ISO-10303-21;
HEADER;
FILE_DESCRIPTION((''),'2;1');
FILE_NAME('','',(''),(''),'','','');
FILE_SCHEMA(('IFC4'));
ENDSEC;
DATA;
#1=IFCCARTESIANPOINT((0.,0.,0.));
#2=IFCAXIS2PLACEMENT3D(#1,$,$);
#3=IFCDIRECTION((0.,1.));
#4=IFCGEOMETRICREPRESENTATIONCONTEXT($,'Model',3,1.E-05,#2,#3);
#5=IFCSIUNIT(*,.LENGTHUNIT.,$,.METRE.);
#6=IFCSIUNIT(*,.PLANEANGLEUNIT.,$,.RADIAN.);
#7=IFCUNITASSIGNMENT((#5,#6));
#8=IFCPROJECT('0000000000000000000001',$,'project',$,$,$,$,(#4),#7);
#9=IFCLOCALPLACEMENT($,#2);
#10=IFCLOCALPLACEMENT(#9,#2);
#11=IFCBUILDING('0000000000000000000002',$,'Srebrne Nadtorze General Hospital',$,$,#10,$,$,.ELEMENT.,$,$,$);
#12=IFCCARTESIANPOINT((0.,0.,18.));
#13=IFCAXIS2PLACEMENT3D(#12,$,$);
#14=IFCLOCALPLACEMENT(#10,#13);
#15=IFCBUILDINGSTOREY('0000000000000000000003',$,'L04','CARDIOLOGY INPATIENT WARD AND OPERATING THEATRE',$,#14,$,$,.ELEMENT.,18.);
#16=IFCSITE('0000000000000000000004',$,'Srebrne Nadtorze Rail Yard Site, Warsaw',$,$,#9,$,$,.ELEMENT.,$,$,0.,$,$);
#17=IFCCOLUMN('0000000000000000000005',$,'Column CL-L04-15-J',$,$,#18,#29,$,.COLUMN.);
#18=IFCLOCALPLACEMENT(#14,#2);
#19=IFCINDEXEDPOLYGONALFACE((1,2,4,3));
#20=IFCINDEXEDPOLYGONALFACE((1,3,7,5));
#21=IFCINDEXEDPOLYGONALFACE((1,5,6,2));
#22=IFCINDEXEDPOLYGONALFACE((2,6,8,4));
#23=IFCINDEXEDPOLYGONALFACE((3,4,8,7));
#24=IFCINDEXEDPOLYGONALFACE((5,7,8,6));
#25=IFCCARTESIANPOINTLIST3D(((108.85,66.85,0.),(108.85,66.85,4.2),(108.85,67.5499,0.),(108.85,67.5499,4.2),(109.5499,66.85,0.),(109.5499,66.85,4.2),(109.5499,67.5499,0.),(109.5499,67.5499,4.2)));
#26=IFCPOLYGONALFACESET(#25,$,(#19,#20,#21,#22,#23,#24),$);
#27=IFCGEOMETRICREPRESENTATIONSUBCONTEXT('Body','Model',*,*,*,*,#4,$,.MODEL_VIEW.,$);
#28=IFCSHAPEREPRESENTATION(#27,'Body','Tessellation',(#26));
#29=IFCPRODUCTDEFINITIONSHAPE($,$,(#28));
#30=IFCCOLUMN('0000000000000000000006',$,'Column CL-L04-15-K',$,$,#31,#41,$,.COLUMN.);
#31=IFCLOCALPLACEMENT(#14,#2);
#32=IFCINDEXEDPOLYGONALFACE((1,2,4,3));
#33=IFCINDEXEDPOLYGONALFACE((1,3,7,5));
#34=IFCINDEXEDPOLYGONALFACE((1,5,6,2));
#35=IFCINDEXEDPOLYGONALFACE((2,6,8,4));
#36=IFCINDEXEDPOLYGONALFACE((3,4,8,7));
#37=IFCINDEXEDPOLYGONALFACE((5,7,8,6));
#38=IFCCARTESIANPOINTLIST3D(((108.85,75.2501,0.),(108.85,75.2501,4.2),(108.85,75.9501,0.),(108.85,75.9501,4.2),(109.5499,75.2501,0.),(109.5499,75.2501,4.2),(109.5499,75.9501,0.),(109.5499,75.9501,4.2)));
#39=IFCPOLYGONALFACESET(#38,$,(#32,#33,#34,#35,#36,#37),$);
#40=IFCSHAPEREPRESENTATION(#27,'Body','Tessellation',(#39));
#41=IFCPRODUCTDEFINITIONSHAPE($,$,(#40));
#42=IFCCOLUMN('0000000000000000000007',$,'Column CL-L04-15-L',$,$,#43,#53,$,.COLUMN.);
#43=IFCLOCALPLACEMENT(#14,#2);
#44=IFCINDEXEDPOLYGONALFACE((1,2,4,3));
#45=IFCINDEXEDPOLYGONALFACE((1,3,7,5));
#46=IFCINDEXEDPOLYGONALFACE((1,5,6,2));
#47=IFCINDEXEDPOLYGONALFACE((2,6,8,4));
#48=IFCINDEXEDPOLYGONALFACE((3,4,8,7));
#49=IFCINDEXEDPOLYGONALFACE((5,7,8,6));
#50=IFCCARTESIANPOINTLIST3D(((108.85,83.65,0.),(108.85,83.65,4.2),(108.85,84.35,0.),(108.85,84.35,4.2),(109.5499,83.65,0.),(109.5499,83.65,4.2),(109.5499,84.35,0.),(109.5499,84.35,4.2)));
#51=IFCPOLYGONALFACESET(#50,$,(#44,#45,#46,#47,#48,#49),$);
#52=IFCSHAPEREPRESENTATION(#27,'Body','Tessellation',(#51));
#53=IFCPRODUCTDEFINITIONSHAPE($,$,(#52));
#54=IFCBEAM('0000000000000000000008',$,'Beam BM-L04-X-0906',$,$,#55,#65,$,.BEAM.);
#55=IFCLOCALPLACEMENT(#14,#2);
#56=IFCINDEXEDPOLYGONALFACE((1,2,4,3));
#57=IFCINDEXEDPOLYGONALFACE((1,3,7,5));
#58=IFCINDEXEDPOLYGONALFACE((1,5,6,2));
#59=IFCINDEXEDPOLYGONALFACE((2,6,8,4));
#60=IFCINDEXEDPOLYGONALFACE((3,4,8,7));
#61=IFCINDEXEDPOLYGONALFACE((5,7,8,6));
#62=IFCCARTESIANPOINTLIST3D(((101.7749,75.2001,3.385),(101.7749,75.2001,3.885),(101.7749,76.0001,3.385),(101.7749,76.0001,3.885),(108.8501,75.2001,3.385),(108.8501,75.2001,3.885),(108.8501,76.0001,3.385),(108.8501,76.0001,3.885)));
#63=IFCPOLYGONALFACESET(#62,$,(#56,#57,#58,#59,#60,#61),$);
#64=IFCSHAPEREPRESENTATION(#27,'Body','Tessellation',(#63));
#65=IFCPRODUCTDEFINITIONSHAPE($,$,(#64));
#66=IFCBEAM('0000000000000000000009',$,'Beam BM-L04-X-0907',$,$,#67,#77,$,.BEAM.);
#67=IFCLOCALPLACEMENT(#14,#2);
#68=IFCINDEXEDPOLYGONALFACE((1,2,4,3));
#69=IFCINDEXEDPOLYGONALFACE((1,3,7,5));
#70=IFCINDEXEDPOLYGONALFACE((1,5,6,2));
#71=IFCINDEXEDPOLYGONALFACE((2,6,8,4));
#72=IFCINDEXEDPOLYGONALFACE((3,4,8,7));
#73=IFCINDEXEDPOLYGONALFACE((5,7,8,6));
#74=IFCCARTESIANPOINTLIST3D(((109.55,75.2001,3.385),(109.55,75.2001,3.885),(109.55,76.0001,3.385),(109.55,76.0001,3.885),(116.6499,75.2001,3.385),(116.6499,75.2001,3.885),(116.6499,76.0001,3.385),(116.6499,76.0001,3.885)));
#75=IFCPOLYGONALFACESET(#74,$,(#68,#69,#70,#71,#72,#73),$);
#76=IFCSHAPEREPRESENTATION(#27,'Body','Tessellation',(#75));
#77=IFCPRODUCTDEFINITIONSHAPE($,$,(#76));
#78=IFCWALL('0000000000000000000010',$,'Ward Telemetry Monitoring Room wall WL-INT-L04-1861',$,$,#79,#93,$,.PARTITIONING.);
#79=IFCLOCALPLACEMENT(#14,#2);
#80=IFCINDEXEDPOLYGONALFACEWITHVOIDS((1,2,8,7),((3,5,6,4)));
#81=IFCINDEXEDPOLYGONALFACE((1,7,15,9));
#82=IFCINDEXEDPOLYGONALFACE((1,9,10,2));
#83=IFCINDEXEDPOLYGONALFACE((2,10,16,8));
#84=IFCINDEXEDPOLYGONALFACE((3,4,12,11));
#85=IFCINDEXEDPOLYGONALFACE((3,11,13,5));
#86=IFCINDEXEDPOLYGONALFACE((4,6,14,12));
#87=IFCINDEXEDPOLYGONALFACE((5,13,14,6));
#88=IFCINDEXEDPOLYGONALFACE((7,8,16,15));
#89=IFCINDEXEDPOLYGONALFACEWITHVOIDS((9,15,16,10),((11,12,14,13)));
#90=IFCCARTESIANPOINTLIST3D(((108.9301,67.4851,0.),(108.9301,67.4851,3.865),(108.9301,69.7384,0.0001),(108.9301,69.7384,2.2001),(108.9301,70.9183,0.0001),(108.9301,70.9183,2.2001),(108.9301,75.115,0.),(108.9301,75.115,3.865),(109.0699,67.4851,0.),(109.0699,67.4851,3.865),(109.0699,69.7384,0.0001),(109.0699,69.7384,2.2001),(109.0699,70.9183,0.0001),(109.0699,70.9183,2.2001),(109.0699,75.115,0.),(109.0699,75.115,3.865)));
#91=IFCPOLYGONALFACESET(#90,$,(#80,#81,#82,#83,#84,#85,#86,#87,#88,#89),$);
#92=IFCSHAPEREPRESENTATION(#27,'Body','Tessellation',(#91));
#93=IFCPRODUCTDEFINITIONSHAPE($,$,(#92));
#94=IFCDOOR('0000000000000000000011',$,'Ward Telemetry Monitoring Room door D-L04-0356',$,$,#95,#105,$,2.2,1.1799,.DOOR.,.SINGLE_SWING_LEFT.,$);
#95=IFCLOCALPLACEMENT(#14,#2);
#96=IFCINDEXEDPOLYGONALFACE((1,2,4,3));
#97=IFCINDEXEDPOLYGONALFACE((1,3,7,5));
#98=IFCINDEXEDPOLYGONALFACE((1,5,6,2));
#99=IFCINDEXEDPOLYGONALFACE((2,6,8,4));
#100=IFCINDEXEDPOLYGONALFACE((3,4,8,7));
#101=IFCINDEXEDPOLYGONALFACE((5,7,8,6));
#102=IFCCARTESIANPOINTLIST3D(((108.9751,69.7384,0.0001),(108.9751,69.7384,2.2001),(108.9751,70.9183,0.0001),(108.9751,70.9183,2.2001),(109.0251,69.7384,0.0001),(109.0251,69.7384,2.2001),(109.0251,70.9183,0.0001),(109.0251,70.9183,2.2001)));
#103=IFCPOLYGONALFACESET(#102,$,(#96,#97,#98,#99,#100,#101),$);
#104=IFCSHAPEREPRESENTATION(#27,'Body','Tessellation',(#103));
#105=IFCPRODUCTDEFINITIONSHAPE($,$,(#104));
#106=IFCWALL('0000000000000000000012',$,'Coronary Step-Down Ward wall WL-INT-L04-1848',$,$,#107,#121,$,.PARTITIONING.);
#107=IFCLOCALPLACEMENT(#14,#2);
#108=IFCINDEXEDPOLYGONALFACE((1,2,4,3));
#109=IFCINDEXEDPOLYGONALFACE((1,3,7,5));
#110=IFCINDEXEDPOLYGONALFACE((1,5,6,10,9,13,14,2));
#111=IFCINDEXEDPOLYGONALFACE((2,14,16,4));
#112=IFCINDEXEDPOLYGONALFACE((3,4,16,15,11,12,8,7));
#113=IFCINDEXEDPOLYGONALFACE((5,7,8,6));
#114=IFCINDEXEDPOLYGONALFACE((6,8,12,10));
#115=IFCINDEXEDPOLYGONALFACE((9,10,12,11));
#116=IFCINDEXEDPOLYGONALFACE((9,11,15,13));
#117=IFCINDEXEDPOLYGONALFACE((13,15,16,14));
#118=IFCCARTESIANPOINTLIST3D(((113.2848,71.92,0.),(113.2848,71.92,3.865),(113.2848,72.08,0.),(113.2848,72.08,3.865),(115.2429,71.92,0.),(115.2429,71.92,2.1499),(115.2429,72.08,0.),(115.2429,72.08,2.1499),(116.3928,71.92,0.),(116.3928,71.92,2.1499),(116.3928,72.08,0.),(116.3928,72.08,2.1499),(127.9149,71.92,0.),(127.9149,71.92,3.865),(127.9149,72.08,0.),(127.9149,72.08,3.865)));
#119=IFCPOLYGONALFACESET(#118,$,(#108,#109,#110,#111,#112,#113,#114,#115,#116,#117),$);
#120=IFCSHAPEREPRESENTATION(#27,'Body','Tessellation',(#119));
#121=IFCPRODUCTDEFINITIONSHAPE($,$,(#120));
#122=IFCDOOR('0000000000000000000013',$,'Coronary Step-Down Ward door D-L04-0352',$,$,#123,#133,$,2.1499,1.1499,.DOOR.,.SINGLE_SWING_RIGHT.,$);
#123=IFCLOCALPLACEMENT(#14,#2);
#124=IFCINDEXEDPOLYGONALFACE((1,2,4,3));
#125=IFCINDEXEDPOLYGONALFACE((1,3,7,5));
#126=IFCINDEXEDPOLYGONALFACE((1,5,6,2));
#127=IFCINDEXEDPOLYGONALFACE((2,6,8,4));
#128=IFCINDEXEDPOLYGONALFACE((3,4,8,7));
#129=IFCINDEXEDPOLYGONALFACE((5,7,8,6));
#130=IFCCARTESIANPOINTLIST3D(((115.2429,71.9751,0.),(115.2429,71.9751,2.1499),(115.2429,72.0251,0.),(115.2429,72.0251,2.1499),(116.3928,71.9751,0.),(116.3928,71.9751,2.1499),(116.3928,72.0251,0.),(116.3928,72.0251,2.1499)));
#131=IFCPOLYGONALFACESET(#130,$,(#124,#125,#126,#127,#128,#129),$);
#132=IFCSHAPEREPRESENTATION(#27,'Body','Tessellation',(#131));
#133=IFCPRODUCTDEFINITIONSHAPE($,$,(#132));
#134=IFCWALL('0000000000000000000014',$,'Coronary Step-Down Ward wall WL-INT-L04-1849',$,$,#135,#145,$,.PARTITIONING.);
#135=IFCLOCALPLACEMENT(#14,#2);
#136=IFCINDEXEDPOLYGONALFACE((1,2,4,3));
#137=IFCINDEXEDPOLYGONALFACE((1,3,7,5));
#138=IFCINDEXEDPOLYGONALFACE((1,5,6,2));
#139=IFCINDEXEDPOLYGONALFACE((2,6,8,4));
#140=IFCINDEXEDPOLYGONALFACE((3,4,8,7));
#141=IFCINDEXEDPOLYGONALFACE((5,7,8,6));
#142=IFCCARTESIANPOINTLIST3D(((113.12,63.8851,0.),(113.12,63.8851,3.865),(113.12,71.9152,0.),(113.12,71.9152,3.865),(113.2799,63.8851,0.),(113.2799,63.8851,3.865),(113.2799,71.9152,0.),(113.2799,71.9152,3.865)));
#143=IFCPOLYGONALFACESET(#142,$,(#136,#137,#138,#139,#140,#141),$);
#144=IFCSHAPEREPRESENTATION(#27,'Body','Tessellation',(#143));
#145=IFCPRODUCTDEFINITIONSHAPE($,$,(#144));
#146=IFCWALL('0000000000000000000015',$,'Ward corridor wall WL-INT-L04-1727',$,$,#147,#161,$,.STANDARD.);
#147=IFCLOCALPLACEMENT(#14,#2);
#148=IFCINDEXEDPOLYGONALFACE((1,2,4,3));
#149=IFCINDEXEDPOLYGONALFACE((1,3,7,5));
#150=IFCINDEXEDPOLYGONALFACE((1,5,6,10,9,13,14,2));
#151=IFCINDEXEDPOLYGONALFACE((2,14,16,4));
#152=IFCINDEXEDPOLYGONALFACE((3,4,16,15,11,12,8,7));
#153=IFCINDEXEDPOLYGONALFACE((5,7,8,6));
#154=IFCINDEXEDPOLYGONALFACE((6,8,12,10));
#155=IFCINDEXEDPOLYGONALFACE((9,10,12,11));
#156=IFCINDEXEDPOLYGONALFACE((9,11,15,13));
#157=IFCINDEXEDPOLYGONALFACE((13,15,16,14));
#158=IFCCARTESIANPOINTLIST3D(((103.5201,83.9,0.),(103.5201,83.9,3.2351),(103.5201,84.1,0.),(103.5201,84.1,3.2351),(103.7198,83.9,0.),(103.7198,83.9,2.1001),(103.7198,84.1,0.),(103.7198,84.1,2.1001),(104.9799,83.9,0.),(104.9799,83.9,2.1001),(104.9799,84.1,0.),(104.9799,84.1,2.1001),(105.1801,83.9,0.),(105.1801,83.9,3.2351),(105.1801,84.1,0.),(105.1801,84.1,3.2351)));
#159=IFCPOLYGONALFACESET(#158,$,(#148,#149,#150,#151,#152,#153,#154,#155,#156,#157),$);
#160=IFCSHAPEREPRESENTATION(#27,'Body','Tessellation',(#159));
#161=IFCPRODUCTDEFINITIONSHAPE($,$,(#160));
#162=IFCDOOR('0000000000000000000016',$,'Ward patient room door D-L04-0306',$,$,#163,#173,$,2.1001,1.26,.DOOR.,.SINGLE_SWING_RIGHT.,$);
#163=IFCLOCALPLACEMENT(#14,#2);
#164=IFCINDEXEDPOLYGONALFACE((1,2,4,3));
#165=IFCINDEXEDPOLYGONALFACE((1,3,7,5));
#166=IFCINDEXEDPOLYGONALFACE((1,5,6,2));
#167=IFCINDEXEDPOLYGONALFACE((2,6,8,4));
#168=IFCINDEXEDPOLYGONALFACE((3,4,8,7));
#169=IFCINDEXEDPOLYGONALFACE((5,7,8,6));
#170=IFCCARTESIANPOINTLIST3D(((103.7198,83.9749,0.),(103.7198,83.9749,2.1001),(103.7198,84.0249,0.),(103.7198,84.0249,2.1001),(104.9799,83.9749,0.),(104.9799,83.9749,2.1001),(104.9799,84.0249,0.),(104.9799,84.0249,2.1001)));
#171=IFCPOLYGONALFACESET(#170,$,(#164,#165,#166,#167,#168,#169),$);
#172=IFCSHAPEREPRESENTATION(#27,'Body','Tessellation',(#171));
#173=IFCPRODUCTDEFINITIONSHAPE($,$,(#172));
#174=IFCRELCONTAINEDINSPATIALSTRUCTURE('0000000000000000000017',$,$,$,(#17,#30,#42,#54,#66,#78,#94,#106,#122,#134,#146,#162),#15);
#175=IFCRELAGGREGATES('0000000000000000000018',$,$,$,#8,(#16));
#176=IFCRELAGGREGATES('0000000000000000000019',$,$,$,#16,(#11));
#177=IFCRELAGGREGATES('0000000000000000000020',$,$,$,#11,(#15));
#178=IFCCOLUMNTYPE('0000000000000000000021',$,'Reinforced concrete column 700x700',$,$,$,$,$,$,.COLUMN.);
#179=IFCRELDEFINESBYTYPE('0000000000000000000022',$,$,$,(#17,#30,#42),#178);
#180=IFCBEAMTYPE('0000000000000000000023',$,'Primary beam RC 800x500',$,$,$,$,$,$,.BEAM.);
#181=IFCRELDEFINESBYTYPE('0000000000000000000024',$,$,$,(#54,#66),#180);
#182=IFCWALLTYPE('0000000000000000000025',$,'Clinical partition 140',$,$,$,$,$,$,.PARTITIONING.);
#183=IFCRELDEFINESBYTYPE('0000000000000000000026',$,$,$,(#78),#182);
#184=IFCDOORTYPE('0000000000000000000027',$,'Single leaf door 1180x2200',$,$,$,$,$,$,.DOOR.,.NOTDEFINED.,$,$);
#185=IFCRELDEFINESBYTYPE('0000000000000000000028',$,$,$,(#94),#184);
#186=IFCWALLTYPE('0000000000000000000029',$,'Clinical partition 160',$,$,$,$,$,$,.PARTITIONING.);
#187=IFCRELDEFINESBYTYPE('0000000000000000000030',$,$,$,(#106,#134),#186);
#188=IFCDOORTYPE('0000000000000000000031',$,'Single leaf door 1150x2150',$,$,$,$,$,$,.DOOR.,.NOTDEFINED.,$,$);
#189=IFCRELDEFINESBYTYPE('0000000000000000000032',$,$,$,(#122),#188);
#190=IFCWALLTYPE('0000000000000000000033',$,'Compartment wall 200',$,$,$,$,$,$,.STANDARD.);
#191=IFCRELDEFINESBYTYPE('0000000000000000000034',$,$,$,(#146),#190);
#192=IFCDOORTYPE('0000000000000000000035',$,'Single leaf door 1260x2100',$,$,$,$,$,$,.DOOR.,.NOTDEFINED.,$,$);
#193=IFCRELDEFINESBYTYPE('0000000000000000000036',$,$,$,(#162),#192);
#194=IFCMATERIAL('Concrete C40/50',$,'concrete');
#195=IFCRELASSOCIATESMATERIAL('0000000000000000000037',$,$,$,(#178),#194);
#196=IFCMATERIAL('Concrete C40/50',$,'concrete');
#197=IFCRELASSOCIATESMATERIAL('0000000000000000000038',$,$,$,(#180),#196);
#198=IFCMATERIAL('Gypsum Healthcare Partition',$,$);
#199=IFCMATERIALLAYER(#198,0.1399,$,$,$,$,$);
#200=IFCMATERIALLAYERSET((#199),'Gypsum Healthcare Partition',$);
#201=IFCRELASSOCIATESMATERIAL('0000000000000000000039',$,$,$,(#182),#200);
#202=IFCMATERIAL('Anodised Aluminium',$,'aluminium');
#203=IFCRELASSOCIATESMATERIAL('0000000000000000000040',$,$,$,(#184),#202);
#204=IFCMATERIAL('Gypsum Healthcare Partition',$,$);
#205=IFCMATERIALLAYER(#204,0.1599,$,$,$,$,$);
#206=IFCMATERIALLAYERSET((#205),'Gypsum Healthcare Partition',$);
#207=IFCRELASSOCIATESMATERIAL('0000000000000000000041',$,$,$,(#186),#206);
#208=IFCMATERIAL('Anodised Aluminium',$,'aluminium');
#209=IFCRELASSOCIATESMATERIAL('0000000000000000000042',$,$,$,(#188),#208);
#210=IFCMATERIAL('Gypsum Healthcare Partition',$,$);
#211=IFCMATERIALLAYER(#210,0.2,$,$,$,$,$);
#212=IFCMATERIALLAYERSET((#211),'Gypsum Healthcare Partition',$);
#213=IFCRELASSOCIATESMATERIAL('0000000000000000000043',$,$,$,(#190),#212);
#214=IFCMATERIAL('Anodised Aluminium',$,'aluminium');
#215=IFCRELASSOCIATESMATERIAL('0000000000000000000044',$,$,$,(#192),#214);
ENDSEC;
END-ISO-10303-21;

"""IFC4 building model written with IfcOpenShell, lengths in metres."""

from ifc_helpers import new_model, si_unit, direction, frame, frame_2d, origin, origin_2d, place, context, subcontext, project, spatial, rectangle, extrude, material, layer, layer_set, material_profile, profile_set, type_object, element, fill, save


model = new_model("IFC4")

# Units and contexts
model_context = context("Model", 3, precision=1e-05, world=origin(), true_north=direction((0.0, 1.0)))
body_context = subcontext(model_context, "Body", "Model", "MODEL_VIEW")
ifc_project = project(units=[si_unit("LENGTHUNIT", "METRE"), si_unit("PLANEANGLEUNIT", "RADIAN")], contexts=[model_context])

# Site, building, storey
site_placement = place(None, origin())
site = spatial("IfcSite", under=ifc_project, at=site_placement, Name="Srebrne Nadtorze Rail Yard Site, Warsaw", CompositionType="ELEMENT", RefElevation=0.0)
building_placement = place(site_placement, origin())
building = spatial("IfcBuilding", under=site, at=building_placement, Name="Srebrne Nadtorze General Hospital", CompositionType="ELEMENT")
storey_placement = place(building_placement, frame((0.0, 0.0, 18.0)))
storey = spatial("IfcBuildingStorey", under=building, at=storey_placement, Name="L04", Description="CARDIOLOGY INPATIENT WARD AND OPERATING THEATRE", CompositionType="ELEMENT", Elevation=18.0)

# Columns
ifc_material_1 = material(Name="Concrete C40/50", Category="concrete")
ifc_material_profile_1 = material_profile(ifc_material_1, rectangle(XDim=0.7, YDim=0.7, at=origin_2d()), Name="RC-COL-700x700")
ifc_profile_set_1 = profile_set([ifc_material_profile_1], Name="Concrete C40/50")
column_type = type_object("IfcColumnType", Name="Reinforced concrete column 700x700", PredefinedType="COLUMN", material=ifc_profile_set_1)
for number, where, z_axis, x_axis, name in (
    (1, (109.2, 67.2, 0.0), (0.0, 0.0, 1.0), (1.0, 0.0, 0.0), "Column CL-L04-15-J"),
    (2, (109.2, 75.6001, 0.0), (0.0, 0.0, 1.0), (1.0, 0.0, 0.0), "Column CL-L04-15-K"),
    (3, (109.2, 84.0, 0.0), (0.0, 0.0, 1.0), (1.0, 0.0, 0.0), "Column CL-L04-15-L"),
):
    element("IfcColumn", number, at=place(storey_placement, frame(where, z_axis=z_axis, x_axis=x_axis)), inside=storey, type_object=column_type, Name=name, PredefinedType="COLUMN", context=body_context, shape_type="SweptSolid", body=[
        extrude(rectangle(XDim=0.7, YDim=0.7, at=origin_2d()), origin(), (0.0, 0.0, 1.0), 4.2),
    ])

# Beams
ifc_material_2 = material(Name="Concrete C40/50", Category="concrete")
ifc_material_profile_2 = material_profile(ifc_material_2, rectangle(XDim=0.8, YDim=0.5, at=origin_2d()), Name="RC-BM-800x500")
ifc_profile_set_2 = profile_set([ifc_material_profile_2], Name="Concrete C40/50")
beam_type = type_object("IfcBeamType", Name="Primary beam RC 800x500", PredefinedType="BEAM", material=ifc_profile_set_2)
beam_1_placement = place(storey_placement, frame((101.7749, 75.6001, 3.635), z_axis=(1.0, 0.0, 0.0), x_axis=(0.0, 1.0, 0.0)))
element("IfcBeam", 4, at=beam_1_placement, inside=storey, type_object=beam_type, Name="Beam BM-L04-X-0906", PredefinedType="BEAM", context=body_context, shape_type="SweptSolid", body=[
    extrude(rectangle(XDim=0.8, YDim=0.5, at=origin_2d()), origin(), (0.0, 0.0, 1.0), 7.0752),
])
beam_2_placement = place(storey_placement, frame((109.55, 75.6001, 3.635), z_axis=(1.0, 0.0, 0.0), x_axis=(0.0, 1.0, 0.0)))
element("IfcBeam", 5, at=beam_2_placement, inside=storey, type_object=beam_type, Name="Beam BM-L04-X-0907", PredefinedType="BEAM", context=body_context, shape_type="SweptSolid", body=[
    extrude(rectangle(XDim=0.8, YDim=0.5, at=origin_2d()), origin(), (0.0, 0.0, 1.0), 7.0999),
])

# Walls, openings, doors
ifc_material_3 = material(Name="Gypsum Healthcare Partition")
ifc_layer_1 = layer(ifc_material_3, 0.1399)
ifc_layer_set_1 = layer_set([ifc_layer_1], Name="Gypsum Healthcare Partition")
wall_type_1 = type_object("IfcWallType", Name="Clinical partition 140", PredefinedType="PARTITIONING", material=ifc_layer_set_1)
wall_1_placement = place(storey_placement, frame((109.0, 67.4851, 0.0), z_axis=(0.0, 0.0, 1.0), x_axis=(0.0, 1.0, 0.0)))
wall_1 = element("IfcWall", 6, at=wall_1_placement, inside=storey, type_object=wall_type_1, Name="Ward Telemetry Monitoring Room wall WL-INT-L04-1861", PredefinedType="PARTITIONING", context=body_context, shape_type="SweptSolid", body=[
    extrude(rectangle(XDim=7.6299, YDim=0.1399, at=frame_2d((3.8149, 0.0))), origin(), (0.0, 0.0, 1.0), 3.865),
])
opening_1_placement = place(wall_1_placement, frame((2.2534, 0.0, 0.0)))
opening_1 = element("IfcOpeningElement", 7, at=opening_1_placement, cuts=wall_1, PredefinedType="OPENING", context=body_context, shape_type="SweptSolid", body=[
    extrude(rectangle(XDim=1.1799, YDim=2.2, at=frame_2d((0.5898, 1.1001))), frame((0.0, 0.082, 0.0), z_axis=(0.0, -1.0, 0.0), x_axis=(1.0, 0.0, 0.0)), (0.0, 0.0, 1.0), 0.1638),
])
ifc_material_4 = material(Name="Anodised Aluminium", Category="aluminium")
door_type_1 = type_object("IfcDoorType", Name="Single leaf door 1180x2200", OperationType="NOTDEFINED", PredefinedType="DOOR", material=ifc_material_4)
door_1_placement = place(opening_1_placement, origin())
door_1 = element("IfcDoor", 8, at=door_1_placement, inside=storey, type_object=door_type_1, Name="Ward Telemetry Monitoring Room door D-L04-0356", OperationType="SINGLE_SWING_LEFT", OverallHeight=2.2, OverallWidth=1.1799, PredefinedType="DOOR", context=body_context, shape_type="SweptSolid", body=[
    extrude(rectangle(XDim=1.1799, YDim=2.2, at=frame_2d((0.5898, 1.1001))), frame((0.0, 0.0249, 0.0), z_axis=(0.0, -1.0, 0.0), x_axis=(1.0, 0.0, 0.0)), (0.0, 0.0, 1.0), 0.05),
])
fill(opening_1, door_1)
ifc_material_5 = material(Name="Gypsum Healthcare Partition")
ifc_layer_2 = layer(ifc_material_5, 0.1599)
ifc_layer_set_2 = layer_set([ifc_layer_2], Name="Gypsum Healthcare Partition")
wall_type_2 = type_object("IfcWallType", Name="Clinical partition 160", PredefinedType="PARTITIONING", material=ifc_layer_set_2)
wall_2_placement = place(storey_placement, frame((113.2849, 72.0, 0.0), z_axis=(0.0, 0.0, 1.0), x_axis=(1.0, 0.0, 0.0)))
wall_2 = element("IfcWall", 9, at=wall_2_placement, inside=storey, type_object=wall_type_2, Name="Coronary Step-Down Ward wall WL-INT-L04-1848", PredefinedType="PARTITIONING", context=body_context, shape_type="SweptSolid", body=[
    extrude(rectangle(XDim=14.6301, YDim=0.1599, at=frame_2d((7.3149, 0.0))), origin(), (0.0, 0.0, 1.0), 3.865),
])
opening_2_placement = place(wall_2_placement, frame((1.958, 0.0, 0.0)))
opening_2 = element("IfcOpeningElement", 10, at=opening_2_placement, cuts=wall_2, PredefinedType="OPENING", context=body_context, shape_type="SweptSolid", body=[
    extrude(rectangle(XDim=1.1499, YDim=2.1499, at=frame_2d((0.575, 1.075))), frame((0.0, 0.0918, 0.0), z_axis=(0.0, -1.0, 0.0), x_axis=(1.0, 0.0, 0.0)), (0.0, 0.0, 1.0), 0.1838),
])
ifc_material_6 = material(Name="Anodised Aluminium", Category="aluminium")
door_type_2 = type_object("IfcDoorType", Name="Single leaf door 1150x2150", OperationType="NOTDEFINED", PredefinedType="DOOR", material=ifc_material_6)
door_2_placement = place(opening_2_placement, frame((1.1499, 0.0, 0.0), z_axis=(0.0, 0.0, 1.0), x_axis=(-1.0, 0.0, 0.0)))
door_2 = element("IfcDoor", 11, at=door_2_placement, inside=storey, type_object=door_type_2, Name="Coronary Step-Down Ward door D-L04-0352", OperationType="SINGLE_SWING_RIGHT", OverallHeight=2.1499, OverallWidth=1.1499, PredefinedType="DOOR", context=body_context, shape_type="SweptSolid", body=[
    extrude(rectangle(XDim=1.1499, YDim=2.1499, at=frame_2d((0.575, 1.075))), frame((0.0, 0.0249, 0.0), z_axis=(0.0, -1.0, 0.0), x_axis=(1.0, 0.0, 0.0)), (0.0, 0.0, 1.0), 0.05),
])
fill(opening_2, door_2)

# Wall
wall_3_placement = place(storey_placement, frame((113.2, 63.885, 0.0), z_axis=(0.0, 0.0, 1.0), x_axis=(0.0, 1.0, 0.0)))
element("IfcWall", 12, at=wall_3_placement, inside=storey, type_object=wall_type_2, Name="Coronary Step-Down Ward wall WL-INT-L04-1849", PredefinedType="PARTITIONING", context=body_context, shape_type="SweptSolid", body=[
    extrude(rectangle(XDim=8.03, YDim=0.1599, at=frame_2d((4.0151, 0.0))), origin(), (0.0, 0.0, 1.0), 3.865),
])

# Wall, opening, door
ifc_material_7 = material(Name="Gypsum Healthcare Partition")
ifc_layer_3 = layer(ifc_material_7, 0.2)
ifc_layer_set_3 = layer_set([ifc_layer_3], Name="Gypsum Healthcare Partition")
wall_type_3 = type_object("IfcWallType", Name="Compartment wall 200", PredefinedType="STANDARD", material=ifc_layer_set_3)
wall_4_placement = place(storey_placement, frame((103.52, 84.0, 0.0), z_axis=(0.0, 0.0, 1.0), x_axis=(1.0, 0.0, 0.0)))
wall_4 = element("IfcWall", 13, at=wall_4_placement, inside=storey, type_object=wall_type_3, Name="Ward corridor wall WL-INT-L04-1727", PredefinedType="STANDARD", context=body_context, shape_type="SweptSolid", body=[
    extrude(rectangle(XDim=1.6599, YDim=0.2, at=frame_2d((0.8301, 0.0))), origin(), (0.0, 0.0, 1.0), 3.2351),
])
opening_3_placement = place(wall_4_placement, frame((0.2, 0.0, 0.0)))
opening_3 = element("IfcOpeningElement", 14, at=opening_3_placement, cuts=wall_4, PredefinedType="OPENING", context=body_context, shape_type="SweptSolid", body=[
    extrude(rectangle(XDim=1.26, YDim=2.1001, at=frame_2d((0.6299, 1.05))), frame((0.0, 0.1118, 0.0), z_axis=(0.0, -1.0, 0.0), x_axis=(1.0, 0.0, 0.0)), (0.0, 0.0, 1.0), 0.2239),
])
ifc_material_8 = material(Name="Anodised Aluminium", Category="aluminium")
door_type_3 = type_object("IfcDoorType", Name="Single leaf door 1260x2100", OperationType="NOTDEFINED", PredefinedType="DOOR", material=ifc_material_8)
door_3_placement = place(opening_3_placement, origin())
door_3 = element("IfcDoor", 15, at=door_3_placement, inside=storey, type_object=door_type_3, Name="Ward patient room door D-L04-0306", OperationType="SINGLE_SWING_RIGHT", OverallHeight=2.1001, OverallWidth=1.26, PredefinedType="DOOR", context=body_context, shape_type="SweptSolid", body=[
    extrude(rectangle(XDim=1.26, YDim=2.1001, at=frame_2d((0.6299, 1.05))), frame((0.0, 0.0249, 0.0), z_axis=(0.0, -1.0, 0.0), x_axis=(1.0, 0.0, 0.0)), (0.0, 0.0, 1.0), 0.05),
])
fill(opening_3, door_3)

save(model, "model.ifc")
